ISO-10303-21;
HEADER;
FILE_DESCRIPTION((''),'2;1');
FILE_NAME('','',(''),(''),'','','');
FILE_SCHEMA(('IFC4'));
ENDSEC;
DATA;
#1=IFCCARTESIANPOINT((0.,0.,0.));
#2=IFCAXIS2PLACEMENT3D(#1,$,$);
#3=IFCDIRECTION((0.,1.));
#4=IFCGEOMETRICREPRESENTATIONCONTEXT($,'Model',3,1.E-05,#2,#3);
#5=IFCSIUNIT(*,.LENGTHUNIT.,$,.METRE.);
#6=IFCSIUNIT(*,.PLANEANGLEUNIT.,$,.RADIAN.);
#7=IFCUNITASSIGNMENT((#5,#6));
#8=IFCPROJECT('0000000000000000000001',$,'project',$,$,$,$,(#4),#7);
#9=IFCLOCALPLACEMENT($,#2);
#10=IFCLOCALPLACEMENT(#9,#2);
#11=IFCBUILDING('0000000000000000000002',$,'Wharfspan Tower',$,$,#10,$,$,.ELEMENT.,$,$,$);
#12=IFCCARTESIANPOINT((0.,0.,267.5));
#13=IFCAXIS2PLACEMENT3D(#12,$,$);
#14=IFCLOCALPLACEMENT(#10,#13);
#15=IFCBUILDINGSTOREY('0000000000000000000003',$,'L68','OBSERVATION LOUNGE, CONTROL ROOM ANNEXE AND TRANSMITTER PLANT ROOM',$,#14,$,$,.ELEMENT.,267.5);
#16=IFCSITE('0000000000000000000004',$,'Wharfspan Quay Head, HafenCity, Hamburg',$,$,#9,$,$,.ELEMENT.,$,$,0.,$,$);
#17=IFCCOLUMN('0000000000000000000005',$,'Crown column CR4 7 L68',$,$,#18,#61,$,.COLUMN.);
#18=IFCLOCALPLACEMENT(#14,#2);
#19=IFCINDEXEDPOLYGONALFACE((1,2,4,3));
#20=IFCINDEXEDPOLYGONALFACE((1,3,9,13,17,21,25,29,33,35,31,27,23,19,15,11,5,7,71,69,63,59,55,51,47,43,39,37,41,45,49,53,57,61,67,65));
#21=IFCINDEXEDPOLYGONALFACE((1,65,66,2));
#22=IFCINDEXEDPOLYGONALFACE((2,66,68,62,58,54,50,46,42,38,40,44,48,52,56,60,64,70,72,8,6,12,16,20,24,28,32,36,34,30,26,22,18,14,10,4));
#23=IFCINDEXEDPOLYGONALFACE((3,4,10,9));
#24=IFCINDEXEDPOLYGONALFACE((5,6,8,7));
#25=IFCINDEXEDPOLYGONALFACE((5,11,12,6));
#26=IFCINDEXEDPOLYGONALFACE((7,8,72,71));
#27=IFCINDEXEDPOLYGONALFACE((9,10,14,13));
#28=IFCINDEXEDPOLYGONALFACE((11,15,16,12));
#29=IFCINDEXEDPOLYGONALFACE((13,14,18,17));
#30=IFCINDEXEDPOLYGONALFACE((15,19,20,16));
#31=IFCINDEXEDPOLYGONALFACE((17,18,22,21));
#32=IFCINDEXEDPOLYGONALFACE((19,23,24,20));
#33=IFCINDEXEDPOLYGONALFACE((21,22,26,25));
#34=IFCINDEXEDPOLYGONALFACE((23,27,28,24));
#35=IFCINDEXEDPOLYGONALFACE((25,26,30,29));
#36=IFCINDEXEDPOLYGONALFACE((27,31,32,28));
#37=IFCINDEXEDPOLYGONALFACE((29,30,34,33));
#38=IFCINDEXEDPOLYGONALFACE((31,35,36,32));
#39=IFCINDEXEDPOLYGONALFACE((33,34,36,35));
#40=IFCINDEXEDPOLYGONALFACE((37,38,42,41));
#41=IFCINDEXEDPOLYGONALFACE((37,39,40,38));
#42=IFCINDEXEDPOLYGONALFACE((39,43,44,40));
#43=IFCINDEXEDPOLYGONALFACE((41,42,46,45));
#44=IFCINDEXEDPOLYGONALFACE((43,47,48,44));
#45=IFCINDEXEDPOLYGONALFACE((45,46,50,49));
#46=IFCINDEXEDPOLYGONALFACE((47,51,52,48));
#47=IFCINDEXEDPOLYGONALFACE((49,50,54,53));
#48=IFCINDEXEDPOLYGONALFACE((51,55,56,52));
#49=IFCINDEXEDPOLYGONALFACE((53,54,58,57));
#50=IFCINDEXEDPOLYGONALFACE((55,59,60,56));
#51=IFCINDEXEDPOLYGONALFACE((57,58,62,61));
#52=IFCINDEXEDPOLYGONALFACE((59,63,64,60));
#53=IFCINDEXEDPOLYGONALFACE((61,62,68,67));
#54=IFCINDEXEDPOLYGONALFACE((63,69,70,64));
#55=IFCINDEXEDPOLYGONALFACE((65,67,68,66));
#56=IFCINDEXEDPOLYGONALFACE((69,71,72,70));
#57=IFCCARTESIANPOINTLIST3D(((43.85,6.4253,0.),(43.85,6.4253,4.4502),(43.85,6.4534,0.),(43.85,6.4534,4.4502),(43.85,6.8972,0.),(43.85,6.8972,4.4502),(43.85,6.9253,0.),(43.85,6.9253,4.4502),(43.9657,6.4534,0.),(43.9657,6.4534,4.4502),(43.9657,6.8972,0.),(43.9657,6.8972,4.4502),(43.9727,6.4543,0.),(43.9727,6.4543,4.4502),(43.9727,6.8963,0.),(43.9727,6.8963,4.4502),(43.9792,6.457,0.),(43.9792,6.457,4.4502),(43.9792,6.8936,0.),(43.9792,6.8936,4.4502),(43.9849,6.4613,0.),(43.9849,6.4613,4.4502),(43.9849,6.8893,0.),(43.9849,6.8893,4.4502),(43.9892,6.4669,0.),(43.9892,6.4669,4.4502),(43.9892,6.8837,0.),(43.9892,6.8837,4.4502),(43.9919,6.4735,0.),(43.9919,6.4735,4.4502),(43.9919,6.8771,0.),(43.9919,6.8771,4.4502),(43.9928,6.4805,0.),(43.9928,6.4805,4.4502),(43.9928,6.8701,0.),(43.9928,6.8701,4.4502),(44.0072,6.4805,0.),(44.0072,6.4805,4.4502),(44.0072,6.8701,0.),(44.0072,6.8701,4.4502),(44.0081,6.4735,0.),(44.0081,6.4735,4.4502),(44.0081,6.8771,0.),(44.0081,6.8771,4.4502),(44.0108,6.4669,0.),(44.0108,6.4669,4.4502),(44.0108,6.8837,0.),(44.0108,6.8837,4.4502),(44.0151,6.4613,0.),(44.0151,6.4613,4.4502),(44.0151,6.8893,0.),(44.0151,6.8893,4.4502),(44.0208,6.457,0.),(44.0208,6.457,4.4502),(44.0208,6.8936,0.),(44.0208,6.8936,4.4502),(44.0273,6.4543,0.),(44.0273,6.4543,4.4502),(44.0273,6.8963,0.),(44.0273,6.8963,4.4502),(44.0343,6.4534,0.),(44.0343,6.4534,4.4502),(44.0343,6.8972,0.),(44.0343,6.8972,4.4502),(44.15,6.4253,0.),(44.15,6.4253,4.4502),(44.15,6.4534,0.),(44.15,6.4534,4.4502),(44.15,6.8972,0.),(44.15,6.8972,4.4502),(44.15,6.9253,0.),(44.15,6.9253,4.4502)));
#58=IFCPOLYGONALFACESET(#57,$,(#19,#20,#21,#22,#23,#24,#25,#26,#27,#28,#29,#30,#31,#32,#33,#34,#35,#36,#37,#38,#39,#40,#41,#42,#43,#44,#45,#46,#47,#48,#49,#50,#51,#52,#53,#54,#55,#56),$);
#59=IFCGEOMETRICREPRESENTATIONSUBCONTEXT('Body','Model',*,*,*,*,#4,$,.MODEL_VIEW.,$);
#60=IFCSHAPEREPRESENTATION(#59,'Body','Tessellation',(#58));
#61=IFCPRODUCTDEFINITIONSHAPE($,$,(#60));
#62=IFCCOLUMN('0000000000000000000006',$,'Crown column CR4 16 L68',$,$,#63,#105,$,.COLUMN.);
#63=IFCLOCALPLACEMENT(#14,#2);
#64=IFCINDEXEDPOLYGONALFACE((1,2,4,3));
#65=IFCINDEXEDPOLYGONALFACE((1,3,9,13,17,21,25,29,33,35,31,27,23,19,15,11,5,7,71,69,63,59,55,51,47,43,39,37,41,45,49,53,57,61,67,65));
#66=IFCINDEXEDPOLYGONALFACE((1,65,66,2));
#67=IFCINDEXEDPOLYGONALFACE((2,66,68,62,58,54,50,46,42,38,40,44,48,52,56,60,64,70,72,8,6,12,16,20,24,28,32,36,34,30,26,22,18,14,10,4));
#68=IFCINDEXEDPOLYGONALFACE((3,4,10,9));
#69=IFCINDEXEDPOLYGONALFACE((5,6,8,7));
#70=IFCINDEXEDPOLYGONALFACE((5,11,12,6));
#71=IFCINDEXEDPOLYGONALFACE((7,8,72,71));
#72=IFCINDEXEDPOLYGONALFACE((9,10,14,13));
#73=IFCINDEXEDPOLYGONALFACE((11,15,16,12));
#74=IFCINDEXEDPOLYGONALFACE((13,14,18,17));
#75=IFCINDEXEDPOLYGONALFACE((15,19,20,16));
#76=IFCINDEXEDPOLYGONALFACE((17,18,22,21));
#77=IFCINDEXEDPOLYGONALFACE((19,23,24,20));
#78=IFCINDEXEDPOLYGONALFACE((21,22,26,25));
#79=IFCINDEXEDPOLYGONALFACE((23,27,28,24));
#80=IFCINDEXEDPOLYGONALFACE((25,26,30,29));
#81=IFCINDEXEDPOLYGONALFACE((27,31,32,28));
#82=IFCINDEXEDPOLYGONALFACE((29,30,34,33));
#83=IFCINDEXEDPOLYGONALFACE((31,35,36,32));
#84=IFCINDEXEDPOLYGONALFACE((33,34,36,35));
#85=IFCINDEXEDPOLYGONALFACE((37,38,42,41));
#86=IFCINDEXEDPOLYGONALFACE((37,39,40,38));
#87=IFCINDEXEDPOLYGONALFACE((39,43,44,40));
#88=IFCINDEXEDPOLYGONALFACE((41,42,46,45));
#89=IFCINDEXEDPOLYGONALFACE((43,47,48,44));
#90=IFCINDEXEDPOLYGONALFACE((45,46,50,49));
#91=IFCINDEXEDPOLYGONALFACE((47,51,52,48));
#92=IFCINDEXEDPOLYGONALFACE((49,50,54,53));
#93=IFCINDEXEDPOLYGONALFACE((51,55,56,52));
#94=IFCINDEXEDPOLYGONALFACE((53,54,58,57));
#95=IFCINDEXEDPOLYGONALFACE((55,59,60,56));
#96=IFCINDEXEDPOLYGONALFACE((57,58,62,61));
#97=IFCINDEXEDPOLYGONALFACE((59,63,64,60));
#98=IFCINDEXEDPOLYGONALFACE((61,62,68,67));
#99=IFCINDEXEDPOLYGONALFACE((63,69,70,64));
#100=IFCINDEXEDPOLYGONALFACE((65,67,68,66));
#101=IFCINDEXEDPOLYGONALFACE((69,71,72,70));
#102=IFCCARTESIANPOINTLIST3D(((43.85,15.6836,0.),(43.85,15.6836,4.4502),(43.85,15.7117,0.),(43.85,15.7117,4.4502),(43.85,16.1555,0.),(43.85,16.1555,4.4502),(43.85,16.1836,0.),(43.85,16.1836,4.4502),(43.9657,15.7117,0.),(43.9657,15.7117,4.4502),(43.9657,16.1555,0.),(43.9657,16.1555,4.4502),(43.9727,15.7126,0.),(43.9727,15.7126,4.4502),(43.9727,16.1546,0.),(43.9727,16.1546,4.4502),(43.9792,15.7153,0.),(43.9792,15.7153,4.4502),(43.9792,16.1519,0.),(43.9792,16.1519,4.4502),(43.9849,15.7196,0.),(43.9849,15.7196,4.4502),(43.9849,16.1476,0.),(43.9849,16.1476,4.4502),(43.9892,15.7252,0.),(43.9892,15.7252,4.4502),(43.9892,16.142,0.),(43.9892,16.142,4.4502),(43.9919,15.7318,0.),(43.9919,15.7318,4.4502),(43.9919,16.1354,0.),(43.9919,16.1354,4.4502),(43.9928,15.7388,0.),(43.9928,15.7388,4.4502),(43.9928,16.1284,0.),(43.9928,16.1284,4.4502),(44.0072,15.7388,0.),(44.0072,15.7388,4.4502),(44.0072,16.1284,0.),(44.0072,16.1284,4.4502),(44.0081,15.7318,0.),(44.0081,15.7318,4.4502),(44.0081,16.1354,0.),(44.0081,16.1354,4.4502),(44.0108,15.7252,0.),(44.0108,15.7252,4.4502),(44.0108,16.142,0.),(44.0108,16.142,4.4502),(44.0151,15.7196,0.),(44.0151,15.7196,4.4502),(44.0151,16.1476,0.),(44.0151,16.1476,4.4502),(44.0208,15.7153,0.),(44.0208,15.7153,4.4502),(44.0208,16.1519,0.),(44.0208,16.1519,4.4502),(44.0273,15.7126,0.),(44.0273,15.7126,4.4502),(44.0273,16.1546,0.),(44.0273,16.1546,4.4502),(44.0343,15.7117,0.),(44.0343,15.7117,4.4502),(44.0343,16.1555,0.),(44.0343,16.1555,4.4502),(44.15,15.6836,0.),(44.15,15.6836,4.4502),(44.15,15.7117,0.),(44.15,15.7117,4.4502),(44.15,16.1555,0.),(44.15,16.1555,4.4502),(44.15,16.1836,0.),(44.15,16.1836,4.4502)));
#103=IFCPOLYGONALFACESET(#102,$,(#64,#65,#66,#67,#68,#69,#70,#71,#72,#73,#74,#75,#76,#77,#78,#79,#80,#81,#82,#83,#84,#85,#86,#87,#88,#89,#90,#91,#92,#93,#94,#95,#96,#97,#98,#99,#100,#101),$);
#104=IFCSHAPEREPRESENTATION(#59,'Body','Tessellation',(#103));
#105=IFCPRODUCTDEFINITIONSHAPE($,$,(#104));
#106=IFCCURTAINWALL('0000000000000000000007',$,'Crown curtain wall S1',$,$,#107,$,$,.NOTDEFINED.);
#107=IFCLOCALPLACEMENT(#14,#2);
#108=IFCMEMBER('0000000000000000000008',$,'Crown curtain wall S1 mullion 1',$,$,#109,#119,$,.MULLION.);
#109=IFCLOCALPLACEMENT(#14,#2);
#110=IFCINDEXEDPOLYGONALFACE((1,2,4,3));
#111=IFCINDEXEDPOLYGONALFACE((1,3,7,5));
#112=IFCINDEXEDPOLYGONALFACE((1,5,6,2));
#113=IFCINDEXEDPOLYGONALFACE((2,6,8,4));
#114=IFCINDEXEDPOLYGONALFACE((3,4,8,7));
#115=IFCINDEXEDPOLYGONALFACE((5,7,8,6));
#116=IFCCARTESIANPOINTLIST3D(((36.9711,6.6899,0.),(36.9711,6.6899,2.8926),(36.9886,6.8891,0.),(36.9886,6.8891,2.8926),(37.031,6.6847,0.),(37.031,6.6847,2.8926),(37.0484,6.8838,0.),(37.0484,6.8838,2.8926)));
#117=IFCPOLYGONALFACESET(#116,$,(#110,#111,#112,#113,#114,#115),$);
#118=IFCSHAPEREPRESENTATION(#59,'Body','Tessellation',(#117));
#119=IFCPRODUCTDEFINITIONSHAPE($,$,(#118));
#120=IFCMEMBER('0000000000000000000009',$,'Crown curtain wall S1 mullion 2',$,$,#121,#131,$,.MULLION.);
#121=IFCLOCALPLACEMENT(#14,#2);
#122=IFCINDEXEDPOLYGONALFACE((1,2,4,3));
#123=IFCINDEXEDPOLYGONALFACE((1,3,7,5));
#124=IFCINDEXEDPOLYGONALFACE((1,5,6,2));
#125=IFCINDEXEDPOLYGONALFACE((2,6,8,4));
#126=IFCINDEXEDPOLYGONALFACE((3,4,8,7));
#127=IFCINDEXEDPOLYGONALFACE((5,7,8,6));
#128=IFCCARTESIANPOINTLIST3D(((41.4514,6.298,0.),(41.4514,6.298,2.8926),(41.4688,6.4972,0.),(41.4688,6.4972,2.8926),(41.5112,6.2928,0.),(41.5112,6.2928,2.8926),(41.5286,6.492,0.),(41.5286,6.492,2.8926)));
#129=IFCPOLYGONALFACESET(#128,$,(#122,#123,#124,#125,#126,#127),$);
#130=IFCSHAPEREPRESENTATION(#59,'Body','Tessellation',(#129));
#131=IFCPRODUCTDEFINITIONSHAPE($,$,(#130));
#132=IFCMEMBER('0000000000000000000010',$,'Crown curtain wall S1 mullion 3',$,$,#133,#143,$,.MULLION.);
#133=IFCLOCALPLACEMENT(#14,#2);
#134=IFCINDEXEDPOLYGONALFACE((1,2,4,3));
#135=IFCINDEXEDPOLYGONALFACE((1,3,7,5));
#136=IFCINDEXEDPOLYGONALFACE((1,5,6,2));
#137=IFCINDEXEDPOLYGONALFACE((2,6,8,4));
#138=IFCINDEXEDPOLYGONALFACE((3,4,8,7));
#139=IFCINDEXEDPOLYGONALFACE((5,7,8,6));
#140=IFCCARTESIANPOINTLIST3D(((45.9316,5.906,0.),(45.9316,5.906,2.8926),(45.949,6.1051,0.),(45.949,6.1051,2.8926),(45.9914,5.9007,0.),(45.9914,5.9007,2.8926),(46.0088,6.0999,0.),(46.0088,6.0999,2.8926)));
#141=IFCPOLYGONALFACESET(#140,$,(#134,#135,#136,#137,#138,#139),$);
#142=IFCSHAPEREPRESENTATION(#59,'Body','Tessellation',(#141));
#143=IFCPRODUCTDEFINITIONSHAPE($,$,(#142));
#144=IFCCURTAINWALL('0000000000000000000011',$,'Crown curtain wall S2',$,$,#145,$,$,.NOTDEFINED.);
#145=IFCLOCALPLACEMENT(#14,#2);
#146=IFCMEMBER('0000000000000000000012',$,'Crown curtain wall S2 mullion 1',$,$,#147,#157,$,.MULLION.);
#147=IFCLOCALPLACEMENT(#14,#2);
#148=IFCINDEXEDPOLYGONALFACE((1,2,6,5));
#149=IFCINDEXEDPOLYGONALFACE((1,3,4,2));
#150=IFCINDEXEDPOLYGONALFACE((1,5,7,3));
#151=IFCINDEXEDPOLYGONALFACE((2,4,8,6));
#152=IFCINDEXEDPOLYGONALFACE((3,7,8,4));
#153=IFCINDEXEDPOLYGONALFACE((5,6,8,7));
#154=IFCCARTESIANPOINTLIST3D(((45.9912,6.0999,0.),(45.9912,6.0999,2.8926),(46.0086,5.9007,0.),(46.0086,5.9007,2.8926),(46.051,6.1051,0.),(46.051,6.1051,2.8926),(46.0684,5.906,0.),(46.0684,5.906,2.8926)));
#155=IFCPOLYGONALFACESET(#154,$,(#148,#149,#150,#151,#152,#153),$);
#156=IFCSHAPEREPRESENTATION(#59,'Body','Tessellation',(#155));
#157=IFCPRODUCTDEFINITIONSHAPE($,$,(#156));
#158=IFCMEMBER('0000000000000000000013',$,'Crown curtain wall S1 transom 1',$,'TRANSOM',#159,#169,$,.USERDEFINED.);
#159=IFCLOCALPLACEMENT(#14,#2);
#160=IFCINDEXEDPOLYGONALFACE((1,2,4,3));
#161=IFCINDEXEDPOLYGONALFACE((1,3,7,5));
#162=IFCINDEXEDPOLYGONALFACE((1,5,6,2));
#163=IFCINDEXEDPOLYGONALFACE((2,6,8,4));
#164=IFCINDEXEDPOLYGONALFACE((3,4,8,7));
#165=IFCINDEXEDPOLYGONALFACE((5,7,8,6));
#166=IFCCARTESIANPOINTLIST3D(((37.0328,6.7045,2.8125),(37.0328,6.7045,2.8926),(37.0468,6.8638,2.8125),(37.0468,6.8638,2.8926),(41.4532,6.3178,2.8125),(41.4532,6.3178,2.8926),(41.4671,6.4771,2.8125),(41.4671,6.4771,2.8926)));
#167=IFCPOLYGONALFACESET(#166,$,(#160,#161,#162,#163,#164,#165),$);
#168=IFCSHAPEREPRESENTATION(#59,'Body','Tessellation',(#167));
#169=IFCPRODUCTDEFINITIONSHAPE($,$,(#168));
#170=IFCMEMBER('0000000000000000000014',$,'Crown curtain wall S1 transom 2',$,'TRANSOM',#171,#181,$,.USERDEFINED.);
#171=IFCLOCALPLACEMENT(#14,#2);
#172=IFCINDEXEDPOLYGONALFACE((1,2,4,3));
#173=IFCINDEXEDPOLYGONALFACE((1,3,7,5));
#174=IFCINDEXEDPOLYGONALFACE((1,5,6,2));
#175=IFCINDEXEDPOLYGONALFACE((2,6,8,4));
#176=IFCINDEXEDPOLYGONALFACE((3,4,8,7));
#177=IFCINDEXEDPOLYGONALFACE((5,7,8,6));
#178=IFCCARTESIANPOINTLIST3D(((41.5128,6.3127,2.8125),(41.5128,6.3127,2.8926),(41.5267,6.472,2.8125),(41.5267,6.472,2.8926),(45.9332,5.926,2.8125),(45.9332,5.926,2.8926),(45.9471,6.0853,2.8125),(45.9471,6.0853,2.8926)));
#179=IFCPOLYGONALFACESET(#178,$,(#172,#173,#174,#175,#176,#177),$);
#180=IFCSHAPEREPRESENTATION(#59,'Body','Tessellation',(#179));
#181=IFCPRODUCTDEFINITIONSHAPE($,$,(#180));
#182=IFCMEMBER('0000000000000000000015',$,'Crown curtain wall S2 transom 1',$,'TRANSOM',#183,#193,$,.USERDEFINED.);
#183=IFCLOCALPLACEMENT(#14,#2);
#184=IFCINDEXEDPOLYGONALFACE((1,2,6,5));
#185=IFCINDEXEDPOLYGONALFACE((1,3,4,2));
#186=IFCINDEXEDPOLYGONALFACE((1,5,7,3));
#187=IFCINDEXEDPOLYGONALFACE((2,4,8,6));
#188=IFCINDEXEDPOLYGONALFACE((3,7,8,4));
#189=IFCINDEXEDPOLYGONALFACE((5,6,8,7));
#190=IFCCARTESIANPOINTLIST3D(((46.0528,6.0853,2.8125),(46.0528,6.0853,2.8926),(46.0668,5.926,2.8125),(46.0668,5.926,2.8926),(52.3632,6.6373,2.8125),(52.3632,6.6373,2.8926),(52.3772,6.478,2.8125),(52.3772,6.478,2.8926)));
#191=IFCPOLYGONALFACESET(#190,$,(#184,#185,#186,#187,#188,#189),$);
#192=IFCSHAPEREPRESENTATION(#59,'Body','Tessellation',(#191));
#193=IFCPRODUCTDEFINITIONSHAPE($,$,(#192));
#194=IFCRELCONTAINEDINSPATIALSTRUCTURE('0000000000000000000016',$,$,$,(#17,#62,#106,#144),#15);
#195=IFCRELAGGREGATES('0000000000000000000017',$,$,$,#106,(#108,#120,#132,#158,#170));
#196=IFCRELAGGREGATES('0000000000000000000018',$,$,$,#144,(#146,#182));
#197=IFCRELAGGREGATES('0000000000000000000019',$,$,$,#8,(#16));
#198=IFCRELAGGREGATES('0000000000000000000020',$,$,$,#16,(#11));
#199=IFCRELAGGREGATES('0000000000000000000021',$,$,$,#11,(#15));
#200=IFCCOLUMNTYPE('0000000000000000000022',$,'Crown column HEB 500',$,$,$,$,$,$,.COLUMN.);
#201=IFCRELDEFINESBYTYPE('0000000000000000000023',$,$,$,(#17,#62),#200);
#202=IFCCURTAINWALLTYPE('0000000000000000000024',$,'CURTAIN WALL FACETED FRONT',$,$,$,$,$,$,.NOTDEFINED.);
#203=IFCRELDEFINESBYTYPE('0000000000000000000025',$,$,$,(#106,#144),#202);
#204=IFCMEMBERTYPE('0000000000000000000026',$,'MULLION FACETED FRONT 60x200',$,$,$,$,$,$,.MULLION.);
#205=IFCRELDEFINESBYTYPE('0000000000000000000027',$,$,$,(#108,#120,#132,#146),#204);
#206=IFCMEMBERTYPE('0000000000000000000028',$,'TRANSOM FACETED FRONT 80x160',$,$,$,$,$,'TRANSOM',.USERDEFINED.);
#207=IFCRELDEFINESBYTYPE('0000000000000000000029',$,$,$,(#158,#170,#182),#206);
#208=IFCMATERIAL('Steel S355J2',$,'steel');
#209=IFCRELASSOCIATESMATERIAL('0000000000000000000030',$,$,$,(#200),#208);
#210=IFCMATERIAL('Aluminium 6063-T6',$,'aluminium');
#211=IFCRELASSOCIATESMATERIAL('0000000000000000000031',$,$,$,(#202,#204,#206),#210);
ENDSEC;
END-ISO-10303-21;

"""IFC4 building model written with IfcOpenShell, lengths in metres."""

from ifc_helpers import new_model, si_unit, direction, frame, origin, origin_2d, place, context, subcontext, project, spatial, rectangle, i_section, extrude, material, material_profile, profile_set, type_object, element, aggregate, save


model = new_model("IFC4")

# Units and contexts
model_context = context("Model", 3, precision=1e-05, world=origin(), true_north=direction((0.0, 1.0)))
body_context = subcontext(model_context, "Body", "Model", "MODEL_VIEW")
ifc_project = project(units=[si_unit("LENGTHUNIT", "METRE"), si_unit("PLANEANGLEUNIT", "RADIAN")], contexts=[model_context])

# Site, building, storey
site_placement = place(None, origin())
site = spatial("IfcSite", under=ifc_project, at=site_placement, Name="Wharfspan Quay Head, HafenCity, Hamburg", CompositionType="ELEMENT", RefElevation=0.0)
building_placement = place(site_placement, origin())
building = spatial("IfcBuilding", under=site, at=building_placement, Name="Wharfspan Tower", CompositionType="ELEMENT")
storey_placement = place(building_placement, frame((0.0, 0.0, 267.5)))
storey = spatial("IfcBuildingStorey", under=building, at=storey_placement, Name="L68", Description="OBSERVATION LOUNGE, CONTROL ROOM ANNEXE AND TRANSMITTER PLANT ROOM", CompositionType="ELEMENT", Elevation=267.5)

# Columns
ifc_material_1 = material(Name="Steel S355J2", Category="steel")
ifc_material_profile_1 = material_profile(ifc_material_1, i_section(OverallWidth=0.3, OverallDepth=0.5, WebThickness=0.0144, FlangeThickness=0.0281, FilletRadius=0.0271, at=origin_2d()))
ifc_profile_set_1 = profile_set([ifc_material_profile_1], Name="Steel S355J2")
column_type = type_object("IfcColumnType", Name="Crown column HEB 500", PredefinedType="COLUMN", material=ifc_profile_set_1)
for number, where, z_axis, x_axis, name in (
    (1, (44.0, 6.6753, 0.0), (0.0, 0.0, 1.0), (1.0, 0.0, 0.0), "Crown column CR4 7 L68"),
    (2, (44.0, 15.9336, 0.0), (0.0, 0.0, 1.0), (1.0, 0.0, 0.0), "Crown column CR4 16 L68"),
):
    element("IfcColumn", number, at=place(storey_placement, frame(where, z_axis=z_axis, x_axis=x_axis)), inside=storey, type_object=column_type, Name=name, PredefinedType="COLUMN", context=body_context, shape_type="SweptSolid", body=[
        extrude(i_section(OverallWidth=0.3, OverallDepth=0.5, WebThickness=0.0144, FlangeThickness=0.0281, FilletRadius=0.0271, at=origin_2d()), origin(), (0.0, 0.0, 1.0), 4.4502),
    ])

# Curtain wall, members
ifc_material_2 = material(Name="Aluminium 6063-T6", Category="aluminium")
curtain_wall_type = type_object("IfcCurtainWallType", Name="CURTAIN WALL FACETED FRONT", PredefinedType="NOTDEFINED", material=ifc_material_2)
curtain_wall_1_placement = place(storey_placement, origin())
curtain_wall_1 = element("IfcCurtainWall", 3, at=curtain_wall_1_placement, inside=storey, type_object=curtain_wall_type, Name="Crown curtain wall S1", PredefinedType="NOTDEFINED")
ifc_material_profile_2 = material_profile(ifc_material_2, rectangle(XDim=0.2, YDim=0.0601, at=origin_2d()))
ifc_profile_set_2 = profile_set([ifc_material_profile_2], Name="Aluminium 6063-T6")
member_type_1 = type_object("IfcMemberType", Name="MULLION FACETED FRONT 60x200", PredefinedType="MULLION", material=ifc_profile_set_2)
member_1_placement = place(storey_placement, frame((37.0098, 6.7869, 0.0), z_axis=(0.0, 0.0, 1.0), x_axis=(0.087156, 0.996198, 0.0)))
member_1 = element("IfcMember", 4, at=member_1_placement, type_object=member_type_1, Name="Crown curtain wall S1 mullion 1", PredefinedType="MULLION", context=body_context, shape_type="SweptSolid", body=[
    extrude(rectangle(XDim=0.2, YDim=0.0601, at=origin_2d()), origin(), (0.0, 0.0, 1.0), 2.8926),
])
member_2_placement = place(storey_placement, frame((41.49, 6.395, 0.0), z_axis=(0.0, 0.0, 1.0), x_axis=(0.087156, 0.996198, 0.0)))
member_2 = element("IfcMember", 5, at=member_2_placement, type_object=member_type_1, Name="Crown curtain wall S1 mullion 2", PredefinedType="MULLION", context=body_context, shape_type="SweptSolid", body=[
    extrude(rectangle(XDim=0.2, YDim=0.0601, at=origin_2d()), origin(), (0.0, 0.0, 1.0), 2.8926),
])
member_3_placement = place(storey_placement, frame((45.9702, 6.0029, 0.0), z_axis=(0.0, 0.0, 1.0), x_axis=(0.087156, 0.996198, 0.0)))
member_3 = element("IfcMember", 6, at=member_3_placement, type_object=member_type_1, Name="Crown curtain wall S1 mullion 3", PredefinedType="MULLION", context=body_context, shape_type="SweptSolid", body=[
    extrude(rectangle(XDim=0.2, YDim=0.0601, at=origin_2d()), origin(), (0.0, 0.0, 1.0), 2.8926),
])

# Curtain wall, member
curtain_wall_2_placement = place(storey_placement, origin())
curtain_wall_2 = element("IfcCurtainWall", 7, at=curtain_wall_2_placement, inside=storey, type_object=curtain_wall_type, Name="Crown curtain wall S2", PredefinedType="NOTDEFINED")
member_4_placement = place(storey_placement, frame((46.0298, 6.0029, 0.0), z_axis=(0.0, 0.0, 1.0), x_axis=(-0.087156, 0.996198, 0.0)))
member_4 = element("IfcMember", 8, at=member_4_placement, type_object=member_type_1, Name="Crown curtain wall S2 mullion 1", PredefinedType="MULLION", context=body_context, shape_type="SweptSolid", body=[
    extrude(rectangle(XDim=0.2, YDim=0.0601, at=origin_2d()), origin(), (0.0, 0.0, 1.0), 2.8926),
])

# Members
ifc_material_profile_3 = material_profile(ifc_material_2, rectangle(XDim=0.1599, YDim=0.0801, at=origin_2d()))
ifc_profile_set_3 = profile_set([ifc_material_profile_3], Name="Aluminium 6063-T6")
member_type_2 = type_object("IfcMemberType", Name="TRANSOM FACETED FRONT 80x160", ElementType="TRANSOM", PredefinedType="USERDEFINED", material=ifc_profile_set_3)
member_5_placement = place(storey_placement, frame((37.0398, 6.7842, 2.8525), z_axis=(0.996195, -0.087152, 0.0), x_axis=(0.087152, 0.996195, 0.0)))
member_5 = element("IfcMember", 9, at=member_5_placement, type_object=member_type_2, Name="Crown curtain wall S1 transom 1", ObjectType="TRANSOM", PredefinedType="USERDEFINED", context=body_context, shape_type="SweptSolid", body=[
    extrude(rectangle(XDim=0.1599, YDim=0.0801, at=origin_2d()), origin(), (0.0, 0.0, 1.0), 4.4373),
])
member_6_placement = place(storey_placement, frame((41.5198, 6.3923, 2.8525), z_axis=(0.996195, -0.087152, 0.0), x_axis=(0.087152, 0.996195, 0.0)))
member_6 = element("IfcMember", 10, at=member_6_placement, type_object=member_type_2, Name="Crown curtain wall S1 transom 2", ObjectType="TRANSOM", PredefinedType="USERDEFINED", context=body_context, shape_type="SweptSolid", body=[
    extrude(rectangle(XDim=0.1599, YDim=0.0801, at=origin_2d()), origin(), (0.0, 0.0, 1.0), 4.4373),
])
member_7_placement = place(storey_placement, frame((46.0598, 6.0056, 2.8525), z_axis=(0.996196, 0.087144, 0.0), x_axis=(-0.087144, 0.996196, 0.0)))
member_7 = element("IfcMember", 11, at=member_7_placement, type_object=member_type_2, Name="Crown curtain wall S2 transom 1", ObjectType="TRANSOM", PredefinedType="USERDEFINED", context=body_context, shape_type="SweptSolid", body=[
    extrude(rectangle(XDim=0.1599, YDim=0.0801, at=origin_2d()), origin(), (0.0, 0.0, 1.0), 6.3345),
])

aggregate(curtain_wall_1, [member_1, member_2, member_3, member_5, member_6])
aggregate(curtain_wall_2, [member_4, member_7])

save(model, "model.ifc")
